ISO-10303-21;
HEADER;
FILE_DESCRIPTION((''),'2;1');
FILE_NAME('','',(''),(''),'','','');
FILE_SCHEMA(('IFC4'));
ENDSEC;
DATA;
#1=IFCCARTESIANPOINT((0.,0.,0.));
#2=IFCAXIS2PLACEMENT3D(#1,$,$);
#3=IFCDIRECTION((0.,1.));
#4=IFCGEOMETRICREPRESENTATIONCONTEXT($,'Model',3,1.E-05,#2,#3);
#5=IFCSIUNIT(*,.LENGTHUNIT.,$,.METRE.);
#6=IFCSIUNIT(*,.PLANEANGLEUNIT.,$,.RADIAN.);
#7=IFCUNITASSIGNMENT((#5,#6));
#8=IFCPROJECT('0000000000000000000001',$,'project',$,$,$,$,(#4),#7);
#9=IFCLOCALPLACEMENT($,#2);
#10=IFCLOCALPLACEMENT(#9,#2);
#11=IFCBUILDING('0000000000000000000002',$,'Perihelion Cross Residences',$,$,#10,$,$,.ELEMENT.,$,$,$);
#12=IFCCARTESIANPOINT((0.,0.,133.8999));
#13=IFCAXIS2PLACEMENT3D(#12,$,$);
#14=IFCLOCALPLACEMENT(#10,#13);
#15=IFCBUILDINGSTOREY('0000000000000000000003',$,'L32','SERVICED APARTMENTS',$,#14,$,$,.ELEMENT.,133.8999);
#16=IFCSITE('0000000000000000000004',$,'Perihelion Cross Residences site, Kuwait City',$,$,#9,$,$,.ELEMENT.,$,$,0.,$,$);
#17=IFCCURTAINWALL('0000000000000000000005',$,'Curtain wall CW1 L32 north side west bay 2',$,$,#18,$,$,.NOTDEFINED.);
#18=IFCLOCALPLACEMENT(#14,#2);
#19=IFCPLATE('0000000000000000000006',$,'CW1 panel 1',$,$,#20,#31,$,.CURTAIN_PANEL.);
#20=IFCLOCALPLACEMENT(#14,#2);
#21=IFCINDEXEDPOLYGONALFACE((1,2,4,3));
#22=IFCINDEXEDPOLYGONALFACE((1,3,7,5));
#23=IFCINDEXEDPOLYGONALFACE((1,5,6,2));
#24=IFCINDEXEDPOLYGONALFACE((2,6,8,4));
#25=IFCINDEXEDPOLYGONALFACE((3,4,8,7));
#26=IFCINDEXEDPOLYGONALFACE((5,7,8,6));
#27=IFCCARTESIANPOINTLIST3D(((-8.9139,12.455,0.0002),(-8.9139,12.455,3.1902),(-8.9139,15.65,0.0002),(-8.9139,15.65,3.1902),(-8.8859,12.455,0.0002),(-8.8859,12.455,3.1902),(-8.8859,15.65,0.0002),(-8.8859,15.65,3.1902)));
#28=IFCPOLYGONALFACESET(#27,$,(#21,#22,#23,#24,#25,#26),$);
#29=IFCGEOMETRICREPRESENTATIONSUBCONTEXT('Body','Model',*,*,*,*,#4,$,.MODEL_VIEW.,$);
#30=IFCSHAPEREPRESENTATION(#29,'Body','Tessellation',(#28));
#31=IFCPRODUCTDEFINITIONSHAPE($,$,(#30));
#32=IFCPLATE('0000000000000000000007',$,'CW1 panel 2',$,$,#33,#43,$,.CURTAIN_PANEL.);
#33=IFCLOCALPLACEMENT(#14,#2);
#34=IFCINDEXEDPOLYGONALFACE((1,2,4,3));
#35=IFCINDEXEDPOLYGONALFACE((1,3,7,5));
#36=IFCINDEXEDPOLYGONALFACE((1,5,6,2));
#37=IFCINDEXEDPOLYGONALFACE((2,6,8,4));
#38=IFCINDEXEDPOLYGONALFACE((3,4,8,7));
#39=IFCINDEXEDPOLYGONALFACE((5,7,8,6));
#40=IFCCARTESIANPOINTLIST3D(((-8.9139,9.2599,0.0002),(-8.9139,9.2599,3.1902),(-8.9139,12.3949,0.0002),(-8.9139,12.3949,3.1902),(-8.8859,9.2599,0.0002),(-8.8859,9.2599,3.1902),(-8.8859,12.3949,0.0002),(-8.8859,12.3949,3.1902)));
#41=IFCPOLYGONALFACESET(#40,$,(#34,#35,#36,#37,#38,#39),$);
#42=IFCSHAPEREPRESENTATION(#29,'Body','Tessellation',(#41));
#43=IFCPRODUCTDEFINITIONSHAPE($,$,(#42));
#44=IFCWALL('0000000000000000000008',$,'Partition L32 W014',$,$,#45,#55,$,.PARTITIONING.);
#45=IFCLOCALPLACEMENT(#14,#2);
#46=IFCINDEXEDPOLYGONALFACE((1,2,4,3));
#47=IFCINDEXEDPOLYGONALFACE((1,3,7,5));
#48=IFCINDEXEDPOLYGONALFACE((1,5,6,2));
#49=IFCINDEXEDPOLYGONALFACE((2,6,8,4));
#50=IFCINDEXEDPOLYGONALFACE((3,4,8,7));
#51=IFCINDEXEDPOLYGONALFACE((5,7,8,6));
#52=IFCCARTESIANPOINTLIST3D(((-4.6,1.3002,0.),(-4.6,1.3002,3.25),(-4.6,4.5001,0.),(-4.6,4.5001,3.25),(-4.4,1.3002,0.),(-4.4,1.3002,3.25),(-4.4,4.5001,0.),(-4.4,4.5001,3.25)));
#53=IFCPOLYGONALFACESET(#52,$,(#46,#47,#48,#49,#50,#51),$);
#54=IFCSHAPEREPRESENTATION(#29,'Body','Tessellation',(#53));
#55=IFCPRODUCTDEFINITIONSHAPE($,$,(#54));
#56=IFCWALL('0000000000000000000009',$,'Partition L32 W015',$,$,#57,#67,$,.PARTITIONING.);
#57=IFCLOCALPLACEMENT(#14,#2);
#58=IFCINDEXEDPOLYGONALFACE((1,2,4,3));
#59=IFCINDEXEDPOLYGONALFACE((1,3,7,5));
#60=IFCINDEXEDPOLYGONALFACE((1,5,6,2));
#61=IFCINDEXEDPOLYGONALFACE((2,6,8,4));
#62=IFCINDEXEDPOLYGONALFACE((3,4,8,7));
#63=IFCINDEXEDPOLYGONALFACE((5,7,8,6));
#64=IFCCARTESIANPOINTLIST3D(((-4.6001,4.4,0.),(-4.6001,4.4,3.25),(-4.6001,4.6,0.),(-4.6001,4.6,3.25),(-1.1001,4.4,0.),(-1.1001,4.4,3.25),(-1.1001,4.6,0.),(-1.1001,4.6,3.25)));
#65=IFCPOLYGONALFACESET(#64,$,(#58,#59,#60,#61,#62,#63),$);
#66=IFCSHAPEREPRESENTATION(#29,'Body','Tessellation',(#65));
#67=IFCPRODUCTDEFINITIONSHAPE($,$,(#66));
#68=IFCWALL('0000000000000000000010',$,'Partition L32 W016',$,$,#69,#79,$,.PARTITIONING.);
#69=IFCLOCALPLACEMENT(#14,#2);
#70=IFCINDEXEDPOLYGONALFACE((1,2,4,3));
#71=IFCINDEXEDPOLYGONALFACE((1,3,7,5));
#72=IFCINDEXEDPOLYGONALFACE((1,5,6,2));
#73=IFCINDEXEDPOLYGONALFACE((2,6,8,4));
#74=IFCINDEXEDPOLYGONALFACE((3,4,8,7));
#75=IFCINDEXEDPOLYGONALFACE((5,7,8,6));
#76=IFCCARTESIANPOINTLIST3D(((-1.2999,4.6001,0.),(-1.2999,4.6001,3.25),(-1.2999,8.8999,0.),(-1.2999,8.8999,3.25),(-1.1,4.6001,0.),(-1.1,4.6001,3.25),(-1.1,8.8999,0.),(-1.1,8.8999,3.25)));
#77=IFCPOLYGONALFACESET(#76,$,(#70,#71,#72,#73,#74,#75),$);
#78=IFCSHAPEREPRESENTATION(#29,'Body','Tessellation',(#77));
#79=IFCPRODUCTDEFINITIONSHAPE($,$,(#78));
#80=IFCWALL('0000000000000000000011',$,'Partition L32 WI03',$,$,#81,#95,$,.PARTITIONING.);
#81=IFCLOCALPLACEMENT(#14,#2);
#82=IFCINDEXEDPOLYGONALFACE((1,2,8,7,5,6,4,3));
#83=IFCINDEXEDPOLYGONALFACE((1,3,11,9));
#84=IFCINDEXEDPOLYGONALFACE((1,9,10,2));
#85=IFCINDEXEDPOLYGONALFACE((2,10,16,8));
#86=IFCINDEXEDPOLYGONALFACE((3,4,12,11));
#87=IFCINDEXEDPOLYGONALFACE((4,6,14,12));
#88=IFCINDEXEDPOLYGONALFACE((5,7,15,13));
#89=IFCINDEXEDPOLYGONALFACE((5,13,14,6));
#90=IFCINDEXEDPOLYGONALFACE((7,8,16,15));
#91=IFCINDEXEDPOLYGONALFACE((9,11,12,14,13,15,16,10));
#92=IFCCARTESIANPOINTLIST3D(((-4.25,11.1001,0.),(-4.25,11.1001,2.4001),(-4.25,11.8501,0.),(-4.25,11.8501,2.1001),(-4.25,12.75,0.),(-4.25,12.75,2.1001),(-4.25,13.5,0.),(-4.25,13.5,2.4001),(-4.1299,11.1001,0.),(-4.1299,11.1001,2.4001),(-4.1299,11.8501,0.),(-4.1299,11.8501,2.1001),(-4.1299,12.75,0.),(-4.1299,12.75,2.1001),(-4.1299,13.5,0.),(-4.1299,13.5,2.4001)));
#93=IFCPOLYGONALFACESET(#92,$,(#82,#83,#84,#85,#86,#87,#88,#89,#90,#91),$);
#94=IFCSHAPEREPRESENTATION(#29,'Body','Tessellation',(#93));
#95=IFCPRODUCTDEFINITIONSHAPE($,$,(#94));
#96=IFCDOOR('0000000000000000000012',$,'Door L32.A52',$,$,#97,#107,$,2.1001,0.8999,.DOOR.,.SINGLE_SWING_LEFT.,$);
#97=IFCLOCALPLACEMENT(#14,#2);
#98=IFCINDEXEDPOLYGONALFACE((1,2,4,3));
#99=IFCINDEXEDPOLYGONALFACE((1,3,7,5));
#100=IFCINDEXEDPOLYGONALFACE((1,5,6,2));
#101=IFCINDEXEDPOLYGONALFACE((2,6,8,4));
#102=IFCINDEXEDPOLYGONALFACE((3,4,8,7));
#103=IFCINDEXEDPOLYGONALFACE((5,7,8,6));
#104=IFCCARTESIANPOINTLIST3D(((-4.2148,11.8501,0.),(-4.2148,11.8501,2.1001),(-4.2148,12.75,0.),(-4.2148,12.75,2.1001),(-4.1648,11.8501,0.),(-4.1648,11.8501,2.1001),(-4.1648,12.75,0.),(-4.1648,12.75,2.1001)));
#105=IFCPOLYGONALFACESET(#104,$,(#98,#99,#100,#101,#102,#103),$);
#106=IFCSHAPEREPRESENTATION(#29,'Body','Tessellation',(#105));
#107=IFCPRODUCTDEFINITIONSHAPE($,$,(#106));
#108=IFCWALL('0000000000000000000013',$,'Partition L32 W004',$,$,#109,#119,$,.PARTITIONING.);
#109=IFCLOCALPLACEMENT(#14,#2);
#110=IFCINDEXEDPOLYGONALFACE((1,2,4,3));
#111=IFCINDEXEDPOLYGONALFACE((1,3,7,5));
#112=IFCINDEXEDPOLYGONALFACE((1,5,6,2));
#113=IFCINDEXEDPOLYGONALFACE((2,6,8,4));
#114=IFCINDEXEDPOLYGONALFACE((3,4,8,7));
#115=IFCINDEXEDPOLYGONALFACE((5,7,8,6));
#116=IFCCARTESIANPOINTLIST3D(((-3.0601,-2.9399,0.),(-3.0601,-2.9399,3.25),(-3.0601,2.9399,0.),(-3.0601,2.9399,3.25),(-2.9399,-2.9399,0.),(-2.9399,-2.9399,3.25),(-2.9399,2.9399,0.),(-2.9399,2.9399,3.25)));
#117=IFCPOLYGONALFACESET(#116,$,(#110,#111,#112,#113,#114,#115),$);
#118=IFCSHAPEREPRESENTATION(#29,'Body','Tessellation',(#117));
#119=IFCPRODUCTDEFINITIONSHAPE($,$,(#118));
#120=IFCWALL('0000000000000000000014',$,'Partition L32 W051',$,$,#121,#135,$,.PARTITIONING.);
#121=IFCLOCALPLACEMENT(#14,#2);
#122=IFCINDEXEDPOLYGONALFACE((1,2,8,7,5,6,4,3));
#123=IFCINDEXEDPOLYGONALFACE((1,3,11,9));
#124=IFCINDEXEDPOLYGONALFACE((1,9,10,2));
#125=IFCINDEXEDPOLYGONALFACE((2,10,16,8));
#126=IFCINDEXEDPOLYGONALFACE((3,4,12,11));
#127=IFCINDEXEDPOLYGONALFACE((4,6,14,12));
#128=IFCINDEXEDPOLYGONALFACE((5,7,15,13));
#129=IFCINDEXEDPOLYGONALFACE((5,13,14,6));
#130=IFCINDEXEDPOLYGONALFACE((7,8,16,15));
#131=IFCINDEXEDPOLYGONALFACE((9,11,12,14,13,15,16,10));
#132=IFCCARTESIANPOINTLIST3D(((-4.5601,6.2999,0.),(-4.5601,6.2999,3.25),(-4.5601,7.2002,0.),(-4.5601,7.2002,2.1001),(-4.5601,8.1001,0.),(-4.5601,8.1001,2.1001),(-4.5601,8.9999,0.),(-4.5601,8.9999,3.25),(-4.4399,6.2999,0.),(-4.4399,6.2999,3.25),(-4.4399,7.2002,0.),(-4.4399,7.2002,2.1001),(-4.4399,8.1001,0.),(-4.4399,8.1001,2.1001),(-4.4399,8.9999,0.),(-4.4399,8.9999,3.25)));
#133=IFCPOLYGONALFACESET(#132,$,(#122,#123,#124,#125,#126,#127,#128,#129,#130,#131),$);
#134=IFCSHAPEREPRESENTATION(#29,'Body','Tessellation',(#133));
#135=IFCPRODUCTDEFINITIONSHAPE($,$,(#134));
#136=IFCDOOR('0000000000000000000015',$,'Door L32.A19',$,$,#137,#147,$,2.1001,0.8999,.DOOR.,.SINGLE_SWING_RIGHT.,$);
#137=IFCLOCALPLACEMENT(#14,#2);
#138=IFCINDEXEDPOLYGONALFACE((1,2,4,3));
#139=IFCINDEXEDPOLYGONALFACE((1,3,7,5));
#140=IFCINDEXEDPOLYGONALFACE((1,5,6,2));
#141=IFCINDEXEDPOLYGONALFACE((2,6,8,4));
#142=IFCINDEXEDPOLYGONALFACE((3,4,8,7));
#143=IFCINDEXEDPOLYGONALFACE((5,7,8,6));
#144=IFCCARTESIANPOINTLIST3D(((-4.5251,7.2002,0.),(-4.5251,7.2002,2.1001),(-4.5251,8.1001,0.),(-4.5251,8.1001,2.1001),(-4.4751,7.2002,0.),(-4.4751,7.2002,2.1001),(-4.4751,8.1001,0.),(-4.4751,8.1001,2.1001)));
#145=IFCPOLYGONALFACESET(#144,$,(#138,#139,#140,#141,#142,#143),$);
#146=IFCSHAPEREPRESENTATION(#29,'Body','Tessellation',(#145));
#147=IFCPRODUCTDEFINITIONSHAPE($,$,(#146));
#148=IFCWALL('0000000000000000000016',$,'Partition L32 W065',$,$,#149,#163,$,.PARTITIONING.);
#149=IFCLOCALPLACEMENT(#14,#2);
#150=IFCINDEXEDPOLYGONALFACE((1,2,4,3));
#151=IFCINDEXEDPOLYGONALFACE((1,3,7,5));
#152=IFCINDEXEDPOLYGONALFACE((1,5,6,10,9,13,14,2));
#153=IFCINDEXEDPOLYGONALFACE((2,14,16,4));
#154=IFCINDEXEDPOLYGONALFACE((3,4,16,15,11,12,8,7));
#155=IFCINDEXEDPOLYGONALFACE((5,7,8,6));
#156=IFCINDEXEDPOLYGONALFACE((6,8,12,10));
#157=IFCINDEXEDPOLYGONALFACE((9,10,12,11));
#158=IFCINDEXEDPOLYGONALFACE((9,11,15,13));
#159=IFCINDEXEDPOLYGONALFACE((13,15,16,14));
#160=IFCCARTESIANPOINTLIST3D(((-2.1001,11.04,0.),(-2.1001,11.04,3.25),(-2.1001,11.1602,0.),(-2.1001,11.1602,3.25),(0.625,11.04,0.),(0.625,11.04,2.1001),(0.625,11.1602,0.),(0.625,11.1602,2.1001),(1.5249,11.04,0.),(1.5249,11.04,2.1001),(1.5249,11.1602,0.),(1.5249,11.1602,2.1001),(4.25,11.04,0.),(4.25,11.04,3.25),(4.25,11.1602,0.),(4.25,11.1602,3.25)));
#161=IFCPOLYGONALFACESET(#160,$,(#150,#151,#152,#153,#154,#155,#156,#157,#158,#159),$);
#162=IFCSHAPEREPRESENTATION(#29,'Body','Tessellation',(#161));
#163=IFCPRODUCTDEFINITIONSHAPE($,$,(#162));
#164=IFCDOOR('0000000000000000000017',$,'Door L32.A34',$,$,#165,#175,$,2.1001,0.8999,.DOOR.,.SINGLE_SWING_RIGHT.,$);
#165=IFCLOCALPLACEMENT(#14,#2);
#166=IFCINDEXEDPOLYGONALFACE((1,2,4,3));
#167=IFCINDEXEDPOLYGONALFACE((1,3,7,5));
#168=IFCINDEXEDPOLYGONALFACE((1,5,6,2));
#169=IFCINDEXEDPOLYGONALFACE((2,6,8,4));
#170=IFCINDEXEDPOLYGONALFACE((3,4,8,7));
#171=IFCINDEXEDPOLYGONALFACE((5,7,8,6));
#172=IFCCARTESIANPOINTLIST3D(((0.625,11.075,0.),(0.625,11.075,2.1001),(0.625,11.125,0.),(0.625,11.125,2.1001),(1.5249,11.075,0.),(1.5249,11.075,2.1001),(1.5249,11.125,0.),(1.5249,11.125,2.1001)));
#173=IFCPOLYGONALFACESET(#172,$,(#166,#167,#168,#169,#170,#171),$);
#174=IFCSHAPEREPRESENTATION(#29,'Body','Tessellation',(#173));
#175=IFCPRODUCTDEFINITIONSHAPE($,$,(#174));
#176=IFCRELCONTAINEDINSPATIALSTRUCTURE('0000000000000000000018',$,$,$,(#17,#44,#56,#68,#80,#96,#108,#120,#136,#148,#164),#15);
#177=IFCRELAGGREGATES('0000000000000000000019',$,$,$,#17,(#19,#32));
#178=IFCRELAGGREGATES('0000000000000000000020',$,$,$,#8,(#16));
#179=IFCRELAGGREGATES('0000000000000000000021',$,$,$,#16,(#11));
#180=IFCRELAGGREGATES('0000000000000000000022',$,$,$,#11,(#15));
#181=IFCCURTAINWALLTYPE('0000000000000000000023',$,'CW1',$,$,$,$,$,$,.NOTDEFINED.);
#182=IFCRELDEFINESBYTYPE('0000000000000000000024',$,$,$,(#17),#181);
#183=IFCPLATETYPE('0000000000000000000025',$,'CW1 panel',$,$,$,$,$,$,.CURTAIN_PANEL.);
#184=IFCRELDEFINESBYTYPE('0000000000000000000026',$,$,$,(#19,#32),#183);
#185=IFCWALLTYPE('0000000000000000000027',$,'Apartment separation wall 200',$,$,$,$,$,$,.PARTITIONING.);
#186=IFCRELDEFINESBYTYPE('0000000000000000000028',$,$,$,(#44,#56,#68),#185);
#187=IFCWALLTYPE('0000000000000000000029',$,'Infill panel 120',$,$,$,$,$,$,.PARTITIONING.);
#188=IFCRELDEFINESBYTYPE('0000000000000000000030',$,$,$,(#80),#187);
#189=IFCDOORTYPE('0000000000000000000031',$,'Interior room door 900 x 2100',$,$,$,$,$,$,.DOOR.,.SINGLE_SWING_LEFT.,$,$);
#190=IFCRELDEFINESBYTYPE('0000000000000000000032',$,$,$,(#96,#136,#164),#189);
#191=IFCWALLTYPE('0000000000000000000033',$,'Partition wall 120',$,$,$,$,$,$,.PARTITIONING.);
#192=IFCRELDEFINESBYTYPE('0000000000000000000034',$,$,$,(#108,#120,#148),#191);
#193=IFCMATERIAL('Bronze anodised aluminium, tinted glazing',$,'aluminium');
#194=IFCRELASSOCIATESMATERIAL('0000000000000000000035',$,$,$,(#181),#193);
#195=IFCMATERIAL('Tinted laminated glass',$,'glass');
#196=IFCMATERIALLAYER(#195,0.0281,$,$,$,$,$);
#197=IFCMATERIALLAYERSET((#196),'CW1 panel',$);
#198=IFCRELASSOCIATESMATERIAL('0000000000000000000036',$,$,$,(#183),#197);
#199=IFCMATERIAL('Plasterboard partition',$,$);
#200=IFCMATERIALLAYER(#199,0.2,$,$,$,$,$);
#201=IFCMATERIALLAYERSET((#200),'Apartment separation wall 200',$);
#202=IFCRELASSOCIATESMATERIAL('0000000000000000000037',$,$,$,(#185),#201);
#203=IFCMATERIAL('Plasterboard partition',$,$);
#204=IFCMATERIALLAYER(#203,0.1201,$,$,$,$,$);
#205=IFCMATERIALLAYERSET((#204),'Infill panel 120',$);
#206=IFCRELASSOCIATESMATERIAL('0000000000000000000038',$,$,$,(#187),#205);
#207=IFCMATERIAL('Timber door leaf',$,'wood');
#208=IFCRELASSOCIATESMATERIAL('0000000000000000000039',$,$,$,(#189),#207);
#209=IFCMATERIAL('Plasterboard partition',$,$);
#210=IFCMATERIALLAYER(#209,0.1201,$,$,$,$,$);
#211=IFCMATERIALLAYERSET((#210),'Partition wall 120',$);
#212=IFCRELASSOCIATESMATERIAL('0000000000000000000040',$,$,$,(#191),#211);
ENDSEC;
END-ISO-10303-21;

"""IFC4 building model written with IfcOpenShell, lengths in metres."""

from ifc_helpers import new_model, si_unit, direction, frame, frame_2d, origin, origin_2d, place, context, subcontext, project, spatial, rectangle, extrude, material, layer, layer_set, type_object, element, fill, aggregate, save


model = new_model("IFC4")

# Units and contexts
model_context = context("Model", 3, precision=1e-05, world=origin(), true_north=direction((0.0, 1.0)))
body_context = subcontext(model_context, "Body", "Model", "MODEL_VIEW")
ifc_project = project(units=[si_unit("LENGTHUNIT", "METRE"), si_unit("PLANEANGLEUNIT", "RADIAN")], contexts=[model_context])

# Site, building, storey
site_placement = place(None, origin())
site = spatial("IfcSite", under=ifc_project, at=site_placement, Name="Perihelion Cross Residences site, Kuwait City", CompositionType="ELEMENT", RefElevation=0.0)
building_placement = place(site_placement, origin())
building = spatial("IfcBuilding", under=site, at=building_placement, Name="Perihelion Cross Residences", CompositionType="ELEMENT")
storey_placement = place(building_placement, frame((0.0, 0.0, 133.8999)))
storey = spatial("IfcBuildingStorey", under=building, at=storey_placement, Name="L32", Description="SERVICED APARTMENTS", CompositionType="ELEMENT", Elevation=133.8999)

# Curtain wall
ifc_material_1 = material(Name="Bronze anodised aluminium, tinted glazing", Category="aluminium")
curtain_wall_type = type_object("IfcCurtainWallType", Name="CW1", PredefinedType="NOTDEFINED", material=ifc_material_1)
curtain_wall_placement = place(storey_placement, origin())
curtain_wall = element("IfcCurtainWall", 1, at=curtain_wall_placement, inside=storey, type_object=curtain_wall_type, Name="Curtain wall CW1 L32 north side west bay 2", PredefinedType="NOTDEFINED")

# Plates
ifc_material_2 = material(Name="Tinted laminated glass", Category="glass")
ifc_layer_1 = layer(ifc_material_2, 0.0281)
ifc_layer_set_1 = layer_set([ifc_layer_1], Name="CW1 panel")
plate_type = type_object("IfcPlateType", Name="CW1 panel", PredefinedType="CURTAIN_PANEL", material=ifc_layer_set_1)
plate_1_placement = place(storey_placement, frame((-8.8999, 14.0525, 0.0002), z_axis=(0.0, 0.0, 1.0), x_axis=(0.0, -1.0, 0.0)))
plate_1 = element("IfcPlate", 2, at=plate_1_placement, type_object=plate_type, Name="CW1 panel 1", PredefinedType="CURTAIN_PANEL", context=body_context, shape_type="SweptSolid", body=[
    extrude(rectangle(XDim=3.1951, YDim=0.0281, at=origin_2d()), origin(), (0.0, 0.0, 1.0), 3.1899),
])
plate_2_placement = place(storey_placement, frame((-8.8999, 10.8274, 0.0002), z_axis=(0.0, 0.0, 1.0), x_axis=(0.0, -1.0, 0.0)))
plate_2 = element("IfcPlate", 3, at=plate_2_placement, type_object=plate_type, Name="CW1 panel 2", PredefinedType="CURTAIN_PANEL", context=body_context, shape_type="SweptSolid", body=[
    extrude(rectangle(XDim=3.135, YDim=0.0281, at=origin_2d()), origin(), (0.0, 0.0, 1.0), 3.1899),
])
aggregate(curtain_wall, [plate_1, plate_2])

# Walls
ifc_material_3 = material(Name="Plasterboard partition")
ifc_layer_2 = layer(ifc_material_3, 0.2)
ifc_layer_set_2 = layer_set([ifc_layer_2], Name="Apartment separation wall 200")
wall_type_1 = type_object("IfcWallType", Name="Apartment separation wall 200", PredefinedType="PARTITIONING", material=ifc_layer_set_2)
wall_1_placement = place(storey_placement, frame((-4.5, 1.3, 0.0), z_axis=(0.0, 0.0, 1.0), x_axis=(0.0, 1.0, 0.0)))
element("IfcWall", 4, at=wall_1_placement, inside=storey, type_object=wall_type_1, Name="Partition L32 W014", PredefinedType="PARTITIONING", context=body_context, shape_type="SweptSolid", body=[
    extrude(rectangle(XDim=3.2, YDim=0.2, at=frame_2d((1.6001, 0.0))), origin(), (0.0, 0.0, 1.0), 3.25),
])
wall_2_placement = place(storey_placement, frame((-4.6001, 4.5, 0.0), z_axis=(0.0, 0.0, 1.0), x_axis=(1.0, 0.0, 0.0)))
element("IfcWall", 5, at=wall_2_placement, inside=storey, type_object=wall_type_1, Name="Partition L32 W015", PredefinedType="PARTITIONING", context=body_context, shape_type="SweptSolid", body=[
    extrude(rectangle(XDim=3.5, YDim=0.2, at=frame_2d((1.75, 0.0))), origin(), (0.0, 0.0, 1.0), 3.25),
])
wall_3_placement = place(storey_placement, frame((-1.2, 4.6001, 0.0), z_axis=(0.0, 0.0, 1.0), x_axis=(0.0, 1.0, 0.0)))
element("IfcWall", 6, at=wall_3_placement, inside=storey, type_object=wall_type_1, Name="Partition L32 W016", PredefinedType="PARTITIONING", context=body_context, shape_type="SweptSolid", body=[
    extrude(rectangle(XDim=4.2998, YDim=0.2, at=frame_2d((2.1499, 0.0))), origin(), (0.0, 0.0, 1.0), 3.25),
])

# Wall, opening, door
ifc_material_4 = material(Name="Plasterboard partition")
ifc_layer_3 = layer(ifc_material_4, 0.1201)
ifc_layer_set_3 = layer_set([ifc_layer_3], Name="Infill panel 120")
wall_type_2 = type_object("IfcWallType", Name="Infill panel 120", PredefinedType="PARTITIONING", material=ifc_layer_set_3)
wall_4_placement = place(storey_placement, frame((-4.1899, 11.1001, 0.0), z_axis=(0.0, 0.0, 1.0), x_axis=(0.0, 1.0, 0.0)))
wall_4 = element("IfcWall", 7, at=wall_4_placement, inside=storey, type_object=wall_type_2, Name="Partition L32 WI03", PredefinedType="PARTITIONING", context=body_context, shape_type="SweptSolid", body=[
    extrude(rectangle(XDim=2.3999, YDim=0.1201, at=frame_2d((1.2, 0.0))), origin(), (0.0, 0.0, 1.0), 2.4001),
])
opening_1_placement = place(wall_4_placement, frame((0.75, 0.0, 0.0)))
opening_1 = element("IfcOpeningElement", 8, at=opening_1_placement, cuts=wall_4, PredefinedType="OPENING", context=body_context, shape_type="SweptSolid", body=[
    extrude(rectangle(XDim=0.8999, YDim=2.1001, at=frame_2d((0.45, 1.05))), frame((0.0, 0.0701, 0.0), z_axis=(0.0, -1.0, 0.0), x_axis=(1.0, 0.0, 0.0)), (0.0, 0.0, 1.0), 0.1401),
])
ifc_material_5 = material(Name="Timber door leaf", Category="wood")
door_type_1 = type_object("IfcDoorType", Name="Interior room door 900 x 2100", OperationType="SINGLE_SWING_LEFT", PredefinedType="DOOR", material=ifc_material_5)
door_1_placement = place(opening_1_placement, origin())
door_1 = element("IfcDoor", 9, at=door_1_placement, inside=storey, type_object=door_type_1, Name="Door L32.A52", OperationType="SINGLE_SWING_LEFT", OverallHeight=2.1001, OverallWidth=0.8999, PredefinedType="DOOR", context=body_context, shape_type="SweptSolid", body=[
    extrude(rectangle(XDim=0.8999, YDim=2.1001, at=frame_2d((0.45, 1.05))), frame((0.0, 0.0249, 0.0), z_axis=(0.0, -1.0, 0.0), x_axis=(1.0, 0.0, 0.0)), (0.0, 0.0, 1.0), 0.05),
])
fill(opening_1, door_1)

# Wall
ifc_material_6 = material(Name="Plasterboard partition")
ifc_layer_4 = layer(ifc_material_6, 0.1201)
ifc_layer_set_4 = layer_set([ifc_layer_4], Name="Partition wall 120")
wall_type_3 = type_object("IfcWallType", Name="Partition wall 120", PredefinedType="PARTITIONING", material=ifc_layer_set_4)
wall_5_placement = place(storey_placement, frame((-3.0, 2.9399, 0.0), z_axis=(0.0, 0.0, 1.0), x_axis=(0.0, -1.0, 0.0)))
element("IfcWall", 10, at=wall_5_placement, inside=storey, type_object=wall_type_3, Name="Partition L32 W004", PredefinedType="PARTITIONING", context=body_context, shape_type="SweptSolid", body=[
    extrude(rectangle(XDim=5.8799, YDim=0.1201, at=frame_2d((2.9399, 0.0))), origin(), (0.0, 0.0, 1.0), 3.25),
])

# Walls, openings, doors
wall_6_placement = place(storey_placement, frame((-4.5, 9.0, 0.0), z_axis=(0.0, 0.0, 1.0), x_axis=(0.0, -1.0, 0.0)))
wall_6 = element("IfcWall", 11, at=wall_6_placement, inside=storey, type_object=wall_type_3, Name="Partition L32 W051", PredefinedType="PARTITIONING", context=body_context, shape_type="SweptSolid", body=[
    extrude(rectangle(XDim=2.7, YDim=0.1201, at=frame_2d((1.3501, 0.0))), origin(), (0.0, 0.0, 1.0), 3.25),
])
opening_2_placement = place(wall_6_placement, frame((0.8999, 0.0, 0.0)))
opening_2 = element("IfcOpeningElement", 12, at=opening_2_placement, cuts=wall_6, PredefinedType="OPENING", context=body_context, shape_type="SweptSolid", body=[
    extrude(rectangle(XDim=0.8999, YDim=2.1001, at=frame_2d((0.45, 1.05))), frame((0.0, 0.0701, 0.0), z_axis=(0.0, -1.0, 0.0), x_axis=(1.0, 0.0, 0.0)), (0.0, 0.0, 1.0), 0.1401),
])
door_2_placement = place(opening_2_placement, origin())
door_2 = element("IfcDoor", 13, at=door_2_placement, inside=storey, type_object=door_type_1, Name="Door L32.A19", OperationType="SINGLE_SWING_RIGHT", OverallHeight=2.1001, OverallWidth=0.8999, PredefinedType="DOOR", context=body_context, shape_type="SweptSolid", body=[
    extrude(rectangle(XDim=0.8999, YDim=2.1001, at=frame_2d((0.45, 1.05))), frame((0.0, 0.0249, 0.0), z_axis=(0.0, -1.0, 0.0), x_axis=(1.0, 0.0, 0.0)), (0.0, 0.0, 1.0), 0.05),
])
fill(opening_2, door_2)
wall_7_placement = place(storey_placement, frame((-2.1001, 11.1001, 0.0), z_axis=(0.0, 0.0, 1.0), x_axis=(1.0, 0.0, 0.0)))
wall_7 = element("IfcWall", 14, at=wall_7_placement, inside=storey, type_object=wall_type_3, Name="Partition L32 W065", PredefinedType="PARTITIONING", context=body_context, shape_type="SweptSolid", body=[
    extrude(rectangle(XDim=6.3501, YDim=0.1201, at=frame_2d((3.175, 0.0))), origin(), (0.0, 0.0, 1.0), 3.25),
])
opening_3_placement = place(wall_7_placement, frame((2.7251, 0.0, 0.0)))
opening_3 = element("IfcOpeningElement", 15, at=opening_3_placement, cuts=wall_7, PredefinedType="OPENING", context=body_context, shape_type="SweptSolid", body=[
    extrude(rectangle(XDim=0.8999, YDim=2.1001, at=frame_2d((0.45, 1.05))), frame((0.0, 0.0701, 0.0), z_axis=(0.0, -1.0, 0.0), x_axis=(1.0, 0.0, 0.0)), (0.0, 0.0, 1.0), 0.1401),
])
door_3_placement = place(opening_3_placement, origin())
door_3 = element("IfcDoor", 16, at=door_3_placement, inside=storey, type_object=door_type_1, Name="Door L32.A34", OperationType="SINGLE_SWING_RIGHT", OverallHeight=2.1001, OverallWidth=0.8999, PredefinedType="DOOR", context=body_context, shape_type="SweptSolid", body=[
    extrude(rectangle(XDim=0.8999, YDim=2.1001, at=frame_2d((0.45, 1.05))), frame((0.0, 0.0249, 0.0), z_axis=(0.0, -1.0, 0.0), x_axis=(1.0, 0.0, 0.0)), (0.0, 0.0, 1.0), 0.05),
])
fill(opening_3, door_3)

save(model, "model.ifc")
